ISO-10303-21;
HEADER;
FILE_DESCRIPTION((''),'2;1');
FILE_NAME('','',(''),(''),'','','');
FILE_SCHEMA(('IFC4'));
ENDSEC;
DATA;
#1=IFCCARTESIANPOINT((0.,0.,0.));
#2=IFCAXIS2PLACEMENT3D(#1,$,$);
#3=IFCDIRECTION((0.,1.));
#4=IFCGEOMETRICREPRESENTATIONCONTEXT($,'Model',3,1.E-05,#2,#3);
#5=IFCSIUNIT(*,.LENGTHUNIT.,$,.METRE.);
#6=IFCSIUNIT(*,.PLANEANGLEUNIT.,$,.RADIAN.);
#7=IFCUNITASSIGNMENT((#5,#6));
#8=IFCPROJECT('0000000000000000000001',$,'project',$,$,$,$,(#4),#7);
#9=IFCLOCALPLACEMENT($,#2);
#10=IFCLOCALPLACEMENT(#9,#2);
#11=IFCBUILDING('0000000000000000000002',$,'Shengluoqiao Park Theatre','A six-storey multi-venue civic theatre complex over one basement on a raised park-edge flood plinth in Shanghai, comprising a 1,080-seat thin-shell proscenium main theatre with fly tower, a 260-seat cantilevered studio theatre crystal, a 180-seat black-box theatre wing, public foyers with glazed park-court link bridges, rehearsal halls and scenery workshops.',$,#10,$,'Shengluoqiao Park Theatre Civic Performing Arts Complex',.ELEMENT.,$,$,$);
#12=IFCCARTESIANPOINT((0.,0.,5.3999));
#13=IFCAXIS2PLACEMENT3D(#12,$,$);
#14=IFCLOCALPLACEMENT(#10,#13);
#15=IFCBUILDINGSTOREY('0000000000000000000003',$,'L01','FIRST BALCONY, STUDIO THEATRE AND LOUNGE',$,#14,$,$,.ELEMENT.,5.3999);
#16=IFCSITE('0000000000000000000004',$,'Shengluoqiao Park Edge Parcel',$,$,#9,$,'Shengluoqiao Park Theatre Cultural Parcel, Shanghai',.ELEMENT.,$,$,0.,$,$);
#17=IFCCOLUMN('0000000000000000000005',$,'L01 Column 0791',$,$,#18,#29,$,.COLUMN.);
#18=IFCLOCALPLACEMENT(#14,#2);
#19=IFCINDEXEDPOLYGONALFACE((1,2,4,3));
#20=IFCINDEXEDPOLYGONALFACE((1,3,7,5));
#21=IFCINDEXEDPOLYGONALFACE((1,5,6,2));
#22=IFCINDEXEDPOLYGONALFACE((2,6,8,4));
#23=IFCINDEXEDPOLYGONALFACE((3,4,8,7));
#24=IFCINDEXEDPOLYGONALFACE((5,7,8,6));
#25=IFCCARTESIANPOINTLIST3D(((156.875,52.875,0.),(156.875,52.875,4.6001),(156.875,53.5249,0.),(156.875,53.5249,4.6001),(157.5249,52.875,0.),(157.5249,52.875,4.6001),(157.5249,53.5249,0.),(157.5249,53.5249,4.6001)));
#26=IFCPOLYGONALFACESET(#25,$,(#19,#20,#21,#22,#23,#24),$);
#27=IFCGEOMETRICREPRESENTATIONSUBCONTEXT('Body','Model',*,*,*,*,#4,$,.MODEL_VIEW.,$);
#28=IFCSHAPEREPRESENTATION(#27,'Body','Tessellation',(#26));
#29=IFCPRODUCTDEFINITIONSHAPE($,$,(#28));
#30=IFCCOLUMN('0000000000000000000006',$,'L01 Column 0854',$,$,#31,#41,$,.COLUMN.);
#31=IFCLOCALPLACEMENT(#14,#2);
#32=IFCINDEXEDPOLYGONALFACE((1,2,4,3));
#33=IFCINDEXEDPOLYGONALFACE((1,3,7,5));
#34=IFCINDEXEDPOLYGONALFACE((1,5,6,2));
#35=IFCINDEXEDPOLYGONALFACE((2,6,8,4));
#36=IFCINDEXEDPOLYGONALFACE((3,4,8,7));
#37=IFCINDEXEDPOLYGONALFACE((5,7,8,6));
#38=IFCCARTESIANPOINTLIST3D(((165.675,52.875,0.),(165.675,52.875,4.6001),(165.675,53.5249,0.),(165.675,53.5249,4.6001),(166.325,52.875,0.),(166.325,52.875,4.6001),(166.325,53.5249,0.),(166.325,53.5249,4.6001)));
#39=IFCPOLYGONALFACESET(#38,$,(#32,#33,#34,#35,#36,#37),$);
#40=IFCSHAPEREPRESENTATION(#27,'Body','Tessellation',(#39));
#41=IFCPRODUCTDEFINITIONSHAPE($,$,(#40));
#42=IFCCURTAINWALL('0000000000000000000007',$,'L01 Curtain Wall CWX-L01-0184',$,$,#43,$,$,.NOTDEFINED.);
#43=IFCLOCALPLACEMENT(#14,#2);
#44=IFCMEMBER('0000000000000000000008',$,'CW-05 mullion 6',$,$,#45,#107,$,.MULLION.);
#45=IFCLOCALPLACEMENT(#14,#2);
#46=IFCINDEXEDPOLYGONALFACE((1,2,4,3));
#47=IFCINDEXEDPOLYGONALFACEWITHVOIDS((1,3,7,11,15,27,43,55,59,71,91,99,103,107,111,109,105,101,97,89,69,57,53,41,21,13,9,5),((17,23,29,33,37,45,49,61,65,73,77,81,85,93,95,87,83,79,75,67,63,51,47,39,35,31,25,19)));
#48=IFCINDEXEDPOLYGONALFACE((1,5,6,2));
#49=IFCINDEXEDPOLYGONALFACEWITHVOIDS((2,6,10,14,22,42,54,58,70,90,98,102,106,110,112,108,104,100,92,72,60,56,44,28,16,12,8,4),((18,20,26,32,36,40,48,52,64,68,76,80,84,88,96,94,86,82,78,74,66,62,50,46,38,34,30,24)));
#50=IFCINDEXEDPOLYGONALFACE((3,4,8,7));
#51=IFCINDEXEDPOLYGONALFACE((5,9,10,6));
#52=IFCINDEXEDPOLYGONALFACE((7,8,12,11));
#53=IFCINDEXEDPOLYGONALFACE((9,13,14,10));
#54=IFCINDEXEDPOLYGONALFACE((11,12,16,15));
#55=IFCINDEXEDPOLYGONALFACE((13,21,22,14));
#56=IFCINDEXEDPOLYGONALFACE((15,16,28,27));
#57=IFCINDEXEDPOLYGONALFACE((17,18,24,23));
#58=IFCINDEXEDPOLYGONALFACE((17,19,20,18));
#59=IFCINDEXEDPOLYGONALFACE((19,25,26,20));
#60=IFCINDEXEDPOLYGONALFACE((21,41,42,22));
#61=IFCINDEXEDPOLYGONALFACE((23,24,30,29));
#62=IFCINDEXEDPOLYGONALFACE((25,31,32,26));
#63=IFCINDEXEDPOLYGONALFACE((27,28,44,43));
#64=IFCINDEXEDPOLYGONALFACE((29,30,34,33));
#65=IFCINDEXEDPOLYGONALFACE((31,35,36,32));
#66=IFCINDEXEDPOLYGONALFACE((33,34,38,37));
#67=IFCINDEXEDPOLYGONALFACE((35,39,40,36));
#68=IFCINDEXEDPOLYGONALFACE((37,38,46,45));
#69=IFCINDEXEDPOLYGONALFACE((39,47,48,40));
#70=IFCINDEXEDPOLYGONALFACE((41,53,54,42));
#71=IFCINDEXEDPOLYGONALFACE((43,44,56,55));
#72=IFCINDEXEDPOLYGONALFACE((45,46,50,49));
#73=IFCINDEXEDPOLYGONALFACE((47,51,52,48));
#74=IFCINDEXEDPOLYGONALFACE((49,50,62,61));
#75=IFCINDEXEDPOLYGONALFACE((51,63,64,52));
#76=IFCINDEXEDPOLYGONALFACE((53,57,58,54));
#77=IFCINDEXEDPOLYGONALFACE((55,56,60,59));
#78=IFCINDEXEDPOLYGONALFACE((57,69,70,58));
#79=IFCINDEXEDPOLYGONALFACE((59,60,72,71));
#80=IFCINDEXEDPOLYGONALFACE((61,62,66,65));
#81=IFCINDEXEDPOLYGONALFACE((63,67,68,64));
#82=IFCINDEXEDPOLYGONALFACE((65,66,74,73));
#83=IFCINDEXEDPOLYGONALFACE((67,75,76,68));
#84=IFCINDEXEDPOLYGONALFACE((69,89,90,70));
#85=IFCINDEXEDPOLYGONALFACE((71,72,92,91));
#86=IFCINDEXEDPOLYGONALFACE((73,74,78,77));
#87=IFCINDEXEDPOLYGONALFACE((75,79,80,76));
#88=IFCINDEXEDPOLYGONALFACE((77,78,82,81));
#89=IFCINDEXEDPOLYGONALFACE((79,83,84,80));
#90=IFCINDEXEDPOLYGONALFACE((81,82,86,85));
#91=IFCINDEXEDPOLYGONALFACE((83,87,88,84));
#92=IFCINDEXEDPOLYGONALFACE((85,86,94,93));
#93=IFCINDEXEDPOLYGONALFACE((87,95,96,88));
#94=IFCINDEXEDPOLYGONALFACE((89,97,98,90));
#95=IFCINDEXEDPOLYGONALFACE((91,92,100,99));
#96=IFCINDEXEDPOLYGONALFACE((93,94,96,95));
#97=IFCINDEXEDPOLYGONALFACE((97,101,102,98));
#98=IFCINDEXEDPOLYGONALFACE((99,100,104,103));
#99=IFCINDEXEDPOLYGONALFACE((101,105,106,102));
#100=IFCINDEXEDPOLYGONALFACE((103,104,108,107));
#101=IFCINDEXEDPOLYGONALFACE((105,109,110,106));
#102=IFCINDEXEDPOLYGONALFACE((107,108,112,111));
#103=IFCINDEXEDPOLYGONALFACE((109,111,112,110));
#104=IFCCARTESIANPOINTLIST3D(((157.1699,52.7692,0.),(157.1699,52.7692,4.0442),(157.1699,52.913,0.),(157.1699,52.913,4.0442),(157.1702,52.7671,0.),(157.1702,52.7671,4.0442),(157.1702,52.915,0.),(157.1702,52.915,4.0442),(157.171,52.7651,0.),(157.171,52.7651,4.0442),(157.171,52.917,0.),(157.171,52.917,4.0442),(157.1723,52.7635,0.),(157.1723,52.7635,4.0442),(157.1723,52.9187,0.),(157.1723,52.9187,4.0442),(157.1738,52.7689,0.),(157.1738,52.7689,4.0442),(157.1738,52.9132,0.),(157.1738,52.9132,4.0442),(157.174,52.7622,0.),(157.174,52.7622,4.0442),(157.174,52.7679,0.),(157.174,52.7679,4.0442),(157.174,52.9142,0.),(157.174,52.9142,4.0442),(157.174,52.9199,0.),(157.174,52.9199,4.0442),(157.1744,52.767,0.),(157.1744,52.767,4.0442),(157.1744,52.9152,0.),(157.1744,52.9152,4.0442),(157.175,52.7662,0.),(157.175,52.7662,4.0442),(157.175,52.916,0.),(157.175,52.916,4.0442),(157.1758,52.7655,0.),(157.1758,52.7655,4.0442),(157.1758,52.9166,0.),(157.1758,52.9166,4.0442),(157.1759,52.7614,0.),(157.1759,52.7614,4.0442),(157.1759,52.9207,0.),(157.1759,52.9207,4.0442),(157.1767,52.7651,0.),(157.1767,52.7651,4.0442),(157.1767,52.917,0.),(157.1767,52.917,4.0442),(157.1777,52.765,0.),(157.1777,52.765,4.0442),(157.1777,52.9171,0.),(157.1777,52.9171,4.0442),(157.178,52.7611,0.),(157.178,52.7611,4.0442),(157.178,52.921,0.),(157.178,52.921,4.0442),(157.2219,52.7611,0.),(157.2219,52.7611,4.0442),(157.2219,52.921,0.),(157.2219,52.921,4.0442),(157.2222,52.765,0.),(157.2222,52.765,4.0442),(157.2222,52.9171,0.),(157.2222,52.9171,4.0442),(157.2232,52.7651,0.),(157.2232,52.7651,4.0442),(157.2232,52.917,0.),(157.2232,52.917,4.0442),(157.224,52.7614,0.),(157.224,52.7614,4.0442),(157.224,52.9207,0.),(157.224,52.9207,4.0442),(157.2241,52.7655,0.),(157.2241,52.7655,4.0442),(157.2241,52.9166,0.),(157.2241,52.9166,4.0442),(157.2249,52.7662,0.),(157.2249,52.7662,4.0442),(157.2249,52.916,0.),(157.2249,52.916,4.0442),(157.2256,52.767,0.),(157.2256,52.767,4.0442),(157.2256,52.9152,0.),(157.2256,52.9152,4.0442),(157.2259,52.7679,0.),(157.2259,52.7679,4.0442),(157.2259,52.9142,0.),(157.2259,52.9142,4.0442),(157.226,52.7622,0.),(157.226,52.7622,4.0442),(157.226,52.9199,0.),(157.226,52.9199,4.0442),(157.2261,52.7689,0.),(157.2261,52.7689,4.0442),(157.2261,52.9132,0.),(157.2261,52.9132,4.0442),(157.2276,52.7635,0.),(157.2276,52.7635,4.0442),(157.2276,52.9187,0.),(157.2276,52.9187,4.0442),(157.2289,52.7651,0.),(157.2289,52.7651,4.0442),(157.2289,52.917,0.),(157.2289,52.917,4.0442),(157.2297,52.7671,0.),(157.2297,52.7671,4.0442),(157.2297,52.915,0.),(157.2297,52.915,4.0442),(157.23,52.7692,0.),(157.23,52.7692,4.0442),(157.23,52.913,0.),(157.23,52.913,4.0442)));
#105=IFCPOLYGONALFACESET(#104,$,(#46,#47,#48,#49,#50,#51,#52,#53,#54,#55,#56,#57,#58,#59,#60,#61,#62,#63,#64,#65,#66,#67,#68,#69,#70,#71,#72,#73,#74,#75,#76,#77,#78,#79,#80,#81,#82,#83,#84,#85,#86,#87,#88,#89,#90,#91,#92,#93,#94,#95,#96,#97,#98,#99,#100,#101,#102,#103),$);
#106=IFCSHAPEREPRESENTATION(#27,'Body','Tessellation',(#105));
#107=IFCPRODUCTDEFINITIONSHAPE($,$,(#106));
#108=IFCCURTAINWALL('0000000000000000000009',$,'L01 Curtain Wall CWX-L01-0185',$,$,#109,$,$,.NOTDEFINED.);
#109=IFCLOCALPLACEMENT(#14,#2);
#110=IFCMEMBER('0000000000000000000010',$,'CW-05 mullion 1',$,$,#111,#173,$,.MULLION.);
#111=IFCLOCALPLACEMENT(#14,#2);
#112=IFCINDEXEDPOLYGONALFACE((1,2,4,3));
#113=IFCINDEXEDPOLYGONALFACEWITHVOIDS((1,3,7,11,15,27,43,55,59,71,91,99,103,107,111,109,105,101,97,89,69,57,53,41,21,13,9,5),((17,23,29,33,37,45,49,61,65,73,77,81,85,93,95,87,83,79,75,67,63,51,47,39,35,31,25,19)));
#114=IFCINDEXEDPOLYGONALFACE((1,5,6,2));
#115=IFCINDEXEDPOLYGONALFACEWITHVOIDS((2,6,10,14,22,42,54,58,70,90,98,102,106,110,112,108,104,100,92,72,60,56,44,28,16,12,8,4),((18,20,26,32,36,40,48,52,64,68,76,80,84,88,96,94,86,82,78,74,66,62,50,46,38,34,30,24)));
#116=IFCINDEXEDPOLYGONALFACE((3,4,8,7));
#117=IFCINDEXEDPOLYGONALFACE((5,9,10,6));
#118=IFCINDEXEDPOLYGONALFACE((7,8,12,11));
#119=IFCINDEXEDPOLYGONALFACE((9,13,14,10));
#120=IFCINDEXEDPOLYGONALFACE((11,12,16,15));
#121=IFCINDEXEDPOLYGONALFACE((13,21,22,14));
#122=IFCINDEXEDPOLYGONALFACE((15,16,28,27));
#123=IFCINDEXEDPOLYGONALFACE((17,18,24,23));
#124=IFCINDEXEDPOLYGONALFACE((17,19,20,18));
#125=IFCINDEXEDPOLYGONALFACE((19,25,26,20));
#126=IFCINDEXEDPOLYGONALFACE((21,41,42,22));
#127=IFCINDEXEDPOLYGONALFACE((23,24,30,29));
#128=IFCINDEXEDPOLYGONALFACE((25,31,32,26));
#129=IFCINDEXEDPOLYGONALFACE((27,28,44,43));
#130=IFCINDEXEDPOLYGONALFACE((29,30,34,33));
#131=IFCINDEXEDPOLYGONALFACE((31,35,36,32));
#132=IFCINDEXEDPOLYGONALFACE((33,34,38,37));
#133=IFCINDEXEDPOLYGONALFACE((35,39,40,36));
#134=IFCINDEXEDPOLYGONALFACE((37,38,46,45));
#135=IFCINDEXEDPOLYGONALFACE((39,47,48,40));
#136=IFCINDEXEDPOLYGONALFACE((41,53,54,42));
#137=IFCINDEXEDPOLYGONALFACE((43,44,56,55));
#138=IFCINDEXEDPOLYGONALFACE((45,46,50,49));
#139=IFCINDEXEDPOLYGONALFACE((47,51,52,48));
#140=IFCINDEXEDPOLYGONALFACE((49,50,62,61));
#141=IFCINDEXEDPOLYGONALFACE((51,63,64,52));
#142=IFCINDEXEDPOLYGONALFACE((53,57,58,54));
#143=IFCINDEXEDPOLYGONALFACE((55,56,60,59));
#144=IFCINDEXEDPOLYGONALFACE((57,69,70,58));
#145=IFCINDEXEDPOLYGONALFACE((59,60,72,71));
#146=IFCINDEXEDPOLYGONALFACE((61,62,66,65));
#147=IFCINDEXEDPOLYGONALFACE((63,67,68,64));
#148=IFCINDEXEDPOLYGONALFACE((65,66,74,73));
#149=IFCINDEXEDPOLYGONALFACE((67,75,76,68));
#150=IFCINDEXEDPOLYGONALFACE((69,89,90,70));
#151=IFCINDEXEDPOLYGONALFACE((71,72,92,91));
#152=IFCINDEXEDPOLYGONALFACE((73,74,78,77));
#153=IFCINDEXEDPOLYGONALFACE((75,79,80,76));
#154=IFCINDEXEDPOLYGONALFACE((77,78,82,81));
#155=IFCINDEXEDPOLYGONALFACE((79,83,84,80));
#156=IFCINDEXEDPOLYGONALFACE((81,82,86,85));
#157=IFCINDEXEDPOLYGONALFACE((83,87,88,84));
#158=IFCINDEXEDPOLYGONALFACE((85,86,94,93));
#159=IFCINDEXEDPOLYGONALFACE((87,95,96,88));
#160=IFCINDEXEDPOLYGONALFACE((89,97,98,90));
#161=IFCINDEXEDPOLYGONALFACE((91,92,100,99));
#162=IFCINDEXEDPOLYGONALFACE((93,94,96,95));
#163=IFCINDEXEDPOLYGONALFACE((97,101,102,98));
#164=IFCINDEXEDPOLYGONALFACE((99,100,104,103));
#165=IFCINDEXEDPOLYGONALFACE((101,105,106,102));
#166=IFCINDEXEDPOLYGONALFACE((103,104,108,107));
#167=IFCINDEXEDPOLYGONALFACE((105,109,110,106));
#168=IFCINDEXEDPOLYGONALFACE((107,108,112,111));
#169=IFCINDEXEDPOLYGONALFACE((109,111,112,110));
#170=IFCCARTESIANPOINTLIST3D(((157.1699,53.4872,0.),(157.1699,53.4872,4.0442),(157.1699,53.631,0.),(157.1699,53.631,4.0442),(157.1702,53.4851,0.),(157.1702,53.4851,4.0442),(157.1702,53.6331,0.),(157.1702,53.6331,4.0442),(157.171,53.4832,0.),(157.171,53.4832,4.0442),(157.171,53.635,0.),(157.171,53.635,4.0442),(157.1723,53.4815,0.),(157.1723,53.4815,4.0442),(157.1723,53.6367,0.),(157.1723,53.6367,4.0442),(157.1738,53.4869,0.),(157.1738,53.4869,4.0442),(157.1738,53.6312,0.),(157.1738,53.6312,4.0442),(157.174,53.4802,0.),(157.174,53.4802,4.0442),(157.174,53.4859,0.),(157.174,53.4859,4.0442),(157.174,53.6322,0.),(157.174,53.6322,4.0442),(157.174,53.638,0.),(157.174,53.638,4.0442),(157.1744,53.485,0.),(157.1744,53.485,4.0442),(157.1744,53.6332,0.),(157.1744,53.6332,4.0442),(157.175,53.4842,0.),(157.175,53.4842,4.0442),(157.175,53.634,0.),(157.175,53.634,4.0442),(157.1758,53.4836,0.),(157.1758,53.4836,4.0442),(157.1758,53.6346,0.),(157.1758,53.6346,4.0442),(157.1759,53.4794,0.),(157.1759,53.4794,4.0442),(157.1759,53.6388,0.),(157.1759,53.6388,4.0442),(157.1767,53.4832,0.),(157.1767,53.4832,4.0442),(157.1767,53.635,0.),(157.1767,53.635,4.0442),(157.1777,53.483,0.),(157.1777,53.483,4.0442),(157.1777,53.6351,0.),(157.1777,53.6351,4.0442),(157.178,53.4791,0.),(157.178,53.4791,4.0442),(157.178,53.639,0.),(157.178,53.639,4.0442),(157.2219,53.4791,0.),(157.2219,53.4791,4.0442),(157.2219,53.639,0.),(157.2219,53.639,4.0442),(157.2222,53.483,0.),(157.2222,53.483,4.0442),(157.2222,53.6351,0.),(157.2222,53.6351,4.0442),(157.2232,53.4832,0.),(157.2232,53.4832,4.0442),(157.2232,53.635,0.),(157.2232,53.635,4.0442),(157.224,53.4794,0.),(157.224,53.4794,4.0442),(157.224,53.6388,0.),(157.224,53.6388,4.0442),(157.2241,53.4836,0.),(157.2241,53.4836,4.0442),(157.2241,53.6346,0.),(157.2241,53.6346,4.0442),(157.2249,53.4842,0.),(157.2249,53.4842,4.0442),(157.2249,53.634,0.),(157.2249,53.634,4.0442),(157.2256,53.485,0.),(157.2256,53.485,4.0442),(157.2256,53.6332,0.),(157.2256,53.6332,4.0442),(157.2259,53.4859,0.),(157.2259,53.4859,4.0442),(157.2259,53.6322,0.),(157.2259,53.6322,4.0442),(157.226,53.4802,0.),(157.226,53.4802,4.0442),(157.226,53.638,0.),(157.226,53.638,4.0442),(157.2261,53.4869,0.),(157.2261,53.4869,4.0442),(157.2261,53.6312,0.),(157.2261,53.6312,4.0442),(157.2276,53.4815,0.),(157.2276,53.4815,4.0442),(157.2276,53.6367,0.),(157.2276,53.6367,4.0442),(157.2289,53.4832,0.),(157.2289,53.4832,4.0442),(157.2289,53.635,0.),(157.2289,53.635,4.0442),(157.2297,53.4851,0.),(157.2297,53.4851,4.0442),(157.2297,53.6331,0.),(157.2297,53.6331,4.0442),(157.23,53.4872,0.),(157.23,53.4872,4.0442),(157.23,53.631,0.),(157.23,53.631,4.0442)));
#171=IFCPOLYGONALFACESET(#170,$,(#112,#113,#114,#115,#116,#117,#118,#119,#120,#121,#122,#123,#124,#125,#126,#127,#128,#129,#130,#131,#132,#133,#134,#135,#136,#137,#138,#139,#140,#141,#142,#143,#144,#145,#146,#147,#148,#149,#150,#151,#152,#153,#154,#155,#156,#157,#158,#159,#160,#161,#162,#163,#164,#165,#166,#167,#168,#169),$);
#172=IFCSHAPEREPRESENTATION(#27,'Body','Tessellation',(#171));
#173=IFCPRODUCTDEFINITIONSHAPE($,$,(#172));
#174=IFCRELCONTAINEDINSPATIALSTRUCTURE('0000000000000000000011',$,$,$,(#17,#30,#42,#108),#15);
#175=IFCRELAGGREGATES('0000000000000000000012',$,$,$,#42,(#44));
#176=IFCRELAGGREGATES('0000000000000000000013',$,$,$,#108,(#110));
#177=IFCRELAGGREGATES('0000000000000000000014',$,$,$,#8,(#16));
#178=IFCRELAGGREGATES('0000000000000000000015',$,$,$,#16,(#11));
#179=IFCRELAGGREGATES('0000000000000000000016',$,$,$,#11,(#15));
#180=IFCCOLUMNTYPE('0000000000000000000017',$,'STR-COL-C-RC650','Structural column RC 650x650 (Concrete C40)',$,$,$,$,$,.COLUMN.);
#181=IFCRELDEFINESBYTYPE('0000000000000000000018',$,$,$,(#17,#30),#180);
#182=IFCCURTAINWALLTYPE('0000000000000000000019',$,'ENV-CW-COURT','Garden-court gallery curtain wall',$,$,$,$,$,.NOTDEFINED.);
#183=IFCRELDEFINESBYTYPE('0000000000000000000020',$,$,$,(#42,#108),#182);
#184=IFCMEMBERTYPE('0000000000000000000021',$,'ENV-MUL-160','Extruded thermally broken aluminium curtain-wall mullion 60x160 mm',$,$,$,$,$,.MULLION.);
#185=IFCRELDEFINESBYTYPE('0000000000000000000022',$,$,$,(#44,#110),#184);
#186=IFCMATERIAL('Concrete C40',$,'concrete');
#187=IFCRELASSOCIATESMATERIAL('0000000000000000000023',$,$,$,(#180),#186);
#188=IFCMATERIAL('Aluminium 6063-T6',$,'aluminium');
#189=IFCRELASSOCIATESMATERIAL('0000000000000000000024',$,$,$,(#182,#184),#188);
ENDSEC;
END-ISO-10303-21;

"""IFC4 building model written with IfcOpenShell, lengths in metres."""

from ifc_helpers import new_model, si_unit, direction, frame, origin, origin_2d, place, context, subcontext, project, spatial, rectangle, hollow_rectangle, extrude, material, material_profile, profile_set, type_object, element, aggregate, save


model = new_model("IFC4")

# Units and contexts
model_context = context("Model", 3, precision=1e-05, world=origin(), true_north=direction((0.0, 1.0)))
body_context = subcontext(model_context, "Body", "Model", "MODEL_VIEW")
ifc_project = project(units=[si_unit("LENGTHUNIT", "METRE"), si_unit("PLANEANGLEUNIT", "RADIAN")], contexts=[model_context])

# Site, building, storey
site_placement = place(None, origin())
site = spatial("IfcSite", under=ifc_project, at=site_placement, Name="Shengluoqiao Park Edge Parcel", LongName="Shengluoqiao Park Theatre Cultural Parcel, Shanghai", CompositionType="ELEMENT", RefElevation=0.0)
building_placement = place(site_placement, origin())
building = spatial("IfcBuilding", under=site, at=building_placement, Name="Shengluoqiao Park Theatre", Description="A six-storey multi-venue civic theatre complex over one basement on a raised park-edge flood plinth in Shanghai, comprising a 1,080-seat thin-shell proscenium main theatre with fly tower, a 260-seat cantilevered studio theatre crystal, a 180-seat black-box theatre wing, public foyers with glazed park-court link bridges, rehearsal halls and scenery workshops.", LongName="Shengluoqiao Park Theatre Civic Performing Arts Complex", CompositionType="ELEMENT")
storey_placement = place(building_placement, frame((0.0, 0.0, 5.3999)))
storey = spatial("IfcBuildingStorey", under=building, at=storey_placement, Name="L01", Description="FIRST BALCONY, STUDIO THEATRE AND LOUNGE", CompositionType="ELEMENT", Elevation=5.3999)

# Columns
ifc_material_1 = material(Name="Concrete C40", Category="concrete")
ifc_material_profile_1 = material_profile(ifc_material_1, rectangle(XDim=0.6499, YDim=0.6499, at=origin_2d()), Name="RC 650x650")
ifc_profile_set_1 = profile_set([ifc_material_profile_1], Name="Concrete C40")
column_type = type_object("IfcColumnType", Name="STR-COL-C-RC650", Description="Structural column RC 650x650 (Concrete C40)", PredefinedType="COLUMN", material=ifc_profile_set_1)
for number, where, z_axis, x_axis, name in (
    (1, (157.2, 53.2, 0.0), (0.0, 0.0, 1.0), (1.0, 0.0, 0.0), "L01 Column 0791"),
    (2, (166.0, 53.2, 0.0), (0.0, 0.0, 1.0), (1.0, 0.0, 0.0), "L01 Column 0854"),
):
    element("IfcColumn", number, at=place(storey_placement, frame(where, z_axis=z_axis, x_axis=x_axis)), inside=storey, type_object=column_type, Name=name, PredefinedType="COLUMN", context=body_context, shape_type="SweptSolid", body=[
        extrude(rectangle(XDim=0.6499, YDim=0.6499, at=origin_2d()), origin(), (0.0, 0.0, 1.0), 4.6001),
    ])

# Curtain wall, member
ifc_material_2 = material(Name="Aluminium 6063-T6", Category="aluminium")
curtain_wall_type = type_object("IfcCurtainWallType", Name="ENV-CW-COURT", Description="Garden-court gallery curtain wall", PredefinedType="NOTDEFINED", material=ifc_material_2)
curtain_wall_1_placement = place(storey_placement, origin())
curtain_wall_1 = element("IfcCurtainWall", 3, at=curtain_wall_1_placement, inside=storey, type_object=curtain_wall_type, Name="L01 Curtain Wall CWX-L01-0184", PredefinedType="NOTDEFINED")
ifc_material_profile_2 = material_profile(ifc_material_2, hollow_rectangle(XDim=0.0601, YDim=0.1599, WallThickness=0.0039, InnerFilletRadius=0.0039, OuterFilletRadius=0.0081, at=origin_2d()), Name="ALU MULLION 160x60x4")
ifc_profile_set_2 = profile_set([ifc_material_profile_2], Name="Aluminium 6063-T6")
member_type_1 = type_object("IfcMemberType", Name="ENV-MUL-160", Description="Extruded thermally broken aluminium curtain-wall mullion 60x160 mm", PredefinedType="MULLION", material=ifc_profile_set_2)
member_1_placement = place(storey_placement, frame((157.2, 52.8411, 0.0), z_axis=(0.0, 0.0, 1.0), x_axis=(-1.0, 0.0, 0.0)))
member_1 = element("IfcMember", 4, at=member_1_placement, type_object=member_type_1, Name="CW-05 mullion 6", PredefinedType="MULLION", context=body_context, shape_type="SweptSolid", body=[
    extrude(hollow_rectangle(XDim=0.0601, YDim=0.1599, WallThickness=0.0039, InnerFilletRadius=0.0039, OuterFilletRadius=0.0081, at=origin_2d()), origin(), (0.0, 0.0, 1.0), 4.0442),
])

# Curtain wall, member
curtain_wall_2_placement = place(storey_placement, origin())
curtain_wall_2 = element("IfcCurtainWall", 5, at=curtain_wall_2_placement, inside=storey, type_object=curtain_wall_type, Name="L01 Curtain Wall CWX-L01-0185", PredefinedType="NOTDEFINED")
member_2_placement = place(storey_placement, frame((157.2, 53.5591, 0.0), z_axis=(0.0, 0.0, 1.0), x_axis=(-1.0, 0.0, 0.0)))
member_2 = element("IfcMember", 6, at=member_2_placement, type_object=member_type_1, Name="CW-05 mullion 1", PredefinedType="MULLION", context=body_context, shape_type="SweptSolid", body=[
    extrude(hollow_rectangle(XDim=0.0601, YDim=0.1599, WallThickness=0.0039, InnerFilletRadius=0.0039, OuterFilletRadius=0.0081, at=origin_2d()), origin(), (0.0, 0.0, 1.0), 4.0442),
])

aggregate(curtain_wall_1, [member_1])
aggregate(curtain_wall_2, [member_2])

save(model, "model.ifc")
